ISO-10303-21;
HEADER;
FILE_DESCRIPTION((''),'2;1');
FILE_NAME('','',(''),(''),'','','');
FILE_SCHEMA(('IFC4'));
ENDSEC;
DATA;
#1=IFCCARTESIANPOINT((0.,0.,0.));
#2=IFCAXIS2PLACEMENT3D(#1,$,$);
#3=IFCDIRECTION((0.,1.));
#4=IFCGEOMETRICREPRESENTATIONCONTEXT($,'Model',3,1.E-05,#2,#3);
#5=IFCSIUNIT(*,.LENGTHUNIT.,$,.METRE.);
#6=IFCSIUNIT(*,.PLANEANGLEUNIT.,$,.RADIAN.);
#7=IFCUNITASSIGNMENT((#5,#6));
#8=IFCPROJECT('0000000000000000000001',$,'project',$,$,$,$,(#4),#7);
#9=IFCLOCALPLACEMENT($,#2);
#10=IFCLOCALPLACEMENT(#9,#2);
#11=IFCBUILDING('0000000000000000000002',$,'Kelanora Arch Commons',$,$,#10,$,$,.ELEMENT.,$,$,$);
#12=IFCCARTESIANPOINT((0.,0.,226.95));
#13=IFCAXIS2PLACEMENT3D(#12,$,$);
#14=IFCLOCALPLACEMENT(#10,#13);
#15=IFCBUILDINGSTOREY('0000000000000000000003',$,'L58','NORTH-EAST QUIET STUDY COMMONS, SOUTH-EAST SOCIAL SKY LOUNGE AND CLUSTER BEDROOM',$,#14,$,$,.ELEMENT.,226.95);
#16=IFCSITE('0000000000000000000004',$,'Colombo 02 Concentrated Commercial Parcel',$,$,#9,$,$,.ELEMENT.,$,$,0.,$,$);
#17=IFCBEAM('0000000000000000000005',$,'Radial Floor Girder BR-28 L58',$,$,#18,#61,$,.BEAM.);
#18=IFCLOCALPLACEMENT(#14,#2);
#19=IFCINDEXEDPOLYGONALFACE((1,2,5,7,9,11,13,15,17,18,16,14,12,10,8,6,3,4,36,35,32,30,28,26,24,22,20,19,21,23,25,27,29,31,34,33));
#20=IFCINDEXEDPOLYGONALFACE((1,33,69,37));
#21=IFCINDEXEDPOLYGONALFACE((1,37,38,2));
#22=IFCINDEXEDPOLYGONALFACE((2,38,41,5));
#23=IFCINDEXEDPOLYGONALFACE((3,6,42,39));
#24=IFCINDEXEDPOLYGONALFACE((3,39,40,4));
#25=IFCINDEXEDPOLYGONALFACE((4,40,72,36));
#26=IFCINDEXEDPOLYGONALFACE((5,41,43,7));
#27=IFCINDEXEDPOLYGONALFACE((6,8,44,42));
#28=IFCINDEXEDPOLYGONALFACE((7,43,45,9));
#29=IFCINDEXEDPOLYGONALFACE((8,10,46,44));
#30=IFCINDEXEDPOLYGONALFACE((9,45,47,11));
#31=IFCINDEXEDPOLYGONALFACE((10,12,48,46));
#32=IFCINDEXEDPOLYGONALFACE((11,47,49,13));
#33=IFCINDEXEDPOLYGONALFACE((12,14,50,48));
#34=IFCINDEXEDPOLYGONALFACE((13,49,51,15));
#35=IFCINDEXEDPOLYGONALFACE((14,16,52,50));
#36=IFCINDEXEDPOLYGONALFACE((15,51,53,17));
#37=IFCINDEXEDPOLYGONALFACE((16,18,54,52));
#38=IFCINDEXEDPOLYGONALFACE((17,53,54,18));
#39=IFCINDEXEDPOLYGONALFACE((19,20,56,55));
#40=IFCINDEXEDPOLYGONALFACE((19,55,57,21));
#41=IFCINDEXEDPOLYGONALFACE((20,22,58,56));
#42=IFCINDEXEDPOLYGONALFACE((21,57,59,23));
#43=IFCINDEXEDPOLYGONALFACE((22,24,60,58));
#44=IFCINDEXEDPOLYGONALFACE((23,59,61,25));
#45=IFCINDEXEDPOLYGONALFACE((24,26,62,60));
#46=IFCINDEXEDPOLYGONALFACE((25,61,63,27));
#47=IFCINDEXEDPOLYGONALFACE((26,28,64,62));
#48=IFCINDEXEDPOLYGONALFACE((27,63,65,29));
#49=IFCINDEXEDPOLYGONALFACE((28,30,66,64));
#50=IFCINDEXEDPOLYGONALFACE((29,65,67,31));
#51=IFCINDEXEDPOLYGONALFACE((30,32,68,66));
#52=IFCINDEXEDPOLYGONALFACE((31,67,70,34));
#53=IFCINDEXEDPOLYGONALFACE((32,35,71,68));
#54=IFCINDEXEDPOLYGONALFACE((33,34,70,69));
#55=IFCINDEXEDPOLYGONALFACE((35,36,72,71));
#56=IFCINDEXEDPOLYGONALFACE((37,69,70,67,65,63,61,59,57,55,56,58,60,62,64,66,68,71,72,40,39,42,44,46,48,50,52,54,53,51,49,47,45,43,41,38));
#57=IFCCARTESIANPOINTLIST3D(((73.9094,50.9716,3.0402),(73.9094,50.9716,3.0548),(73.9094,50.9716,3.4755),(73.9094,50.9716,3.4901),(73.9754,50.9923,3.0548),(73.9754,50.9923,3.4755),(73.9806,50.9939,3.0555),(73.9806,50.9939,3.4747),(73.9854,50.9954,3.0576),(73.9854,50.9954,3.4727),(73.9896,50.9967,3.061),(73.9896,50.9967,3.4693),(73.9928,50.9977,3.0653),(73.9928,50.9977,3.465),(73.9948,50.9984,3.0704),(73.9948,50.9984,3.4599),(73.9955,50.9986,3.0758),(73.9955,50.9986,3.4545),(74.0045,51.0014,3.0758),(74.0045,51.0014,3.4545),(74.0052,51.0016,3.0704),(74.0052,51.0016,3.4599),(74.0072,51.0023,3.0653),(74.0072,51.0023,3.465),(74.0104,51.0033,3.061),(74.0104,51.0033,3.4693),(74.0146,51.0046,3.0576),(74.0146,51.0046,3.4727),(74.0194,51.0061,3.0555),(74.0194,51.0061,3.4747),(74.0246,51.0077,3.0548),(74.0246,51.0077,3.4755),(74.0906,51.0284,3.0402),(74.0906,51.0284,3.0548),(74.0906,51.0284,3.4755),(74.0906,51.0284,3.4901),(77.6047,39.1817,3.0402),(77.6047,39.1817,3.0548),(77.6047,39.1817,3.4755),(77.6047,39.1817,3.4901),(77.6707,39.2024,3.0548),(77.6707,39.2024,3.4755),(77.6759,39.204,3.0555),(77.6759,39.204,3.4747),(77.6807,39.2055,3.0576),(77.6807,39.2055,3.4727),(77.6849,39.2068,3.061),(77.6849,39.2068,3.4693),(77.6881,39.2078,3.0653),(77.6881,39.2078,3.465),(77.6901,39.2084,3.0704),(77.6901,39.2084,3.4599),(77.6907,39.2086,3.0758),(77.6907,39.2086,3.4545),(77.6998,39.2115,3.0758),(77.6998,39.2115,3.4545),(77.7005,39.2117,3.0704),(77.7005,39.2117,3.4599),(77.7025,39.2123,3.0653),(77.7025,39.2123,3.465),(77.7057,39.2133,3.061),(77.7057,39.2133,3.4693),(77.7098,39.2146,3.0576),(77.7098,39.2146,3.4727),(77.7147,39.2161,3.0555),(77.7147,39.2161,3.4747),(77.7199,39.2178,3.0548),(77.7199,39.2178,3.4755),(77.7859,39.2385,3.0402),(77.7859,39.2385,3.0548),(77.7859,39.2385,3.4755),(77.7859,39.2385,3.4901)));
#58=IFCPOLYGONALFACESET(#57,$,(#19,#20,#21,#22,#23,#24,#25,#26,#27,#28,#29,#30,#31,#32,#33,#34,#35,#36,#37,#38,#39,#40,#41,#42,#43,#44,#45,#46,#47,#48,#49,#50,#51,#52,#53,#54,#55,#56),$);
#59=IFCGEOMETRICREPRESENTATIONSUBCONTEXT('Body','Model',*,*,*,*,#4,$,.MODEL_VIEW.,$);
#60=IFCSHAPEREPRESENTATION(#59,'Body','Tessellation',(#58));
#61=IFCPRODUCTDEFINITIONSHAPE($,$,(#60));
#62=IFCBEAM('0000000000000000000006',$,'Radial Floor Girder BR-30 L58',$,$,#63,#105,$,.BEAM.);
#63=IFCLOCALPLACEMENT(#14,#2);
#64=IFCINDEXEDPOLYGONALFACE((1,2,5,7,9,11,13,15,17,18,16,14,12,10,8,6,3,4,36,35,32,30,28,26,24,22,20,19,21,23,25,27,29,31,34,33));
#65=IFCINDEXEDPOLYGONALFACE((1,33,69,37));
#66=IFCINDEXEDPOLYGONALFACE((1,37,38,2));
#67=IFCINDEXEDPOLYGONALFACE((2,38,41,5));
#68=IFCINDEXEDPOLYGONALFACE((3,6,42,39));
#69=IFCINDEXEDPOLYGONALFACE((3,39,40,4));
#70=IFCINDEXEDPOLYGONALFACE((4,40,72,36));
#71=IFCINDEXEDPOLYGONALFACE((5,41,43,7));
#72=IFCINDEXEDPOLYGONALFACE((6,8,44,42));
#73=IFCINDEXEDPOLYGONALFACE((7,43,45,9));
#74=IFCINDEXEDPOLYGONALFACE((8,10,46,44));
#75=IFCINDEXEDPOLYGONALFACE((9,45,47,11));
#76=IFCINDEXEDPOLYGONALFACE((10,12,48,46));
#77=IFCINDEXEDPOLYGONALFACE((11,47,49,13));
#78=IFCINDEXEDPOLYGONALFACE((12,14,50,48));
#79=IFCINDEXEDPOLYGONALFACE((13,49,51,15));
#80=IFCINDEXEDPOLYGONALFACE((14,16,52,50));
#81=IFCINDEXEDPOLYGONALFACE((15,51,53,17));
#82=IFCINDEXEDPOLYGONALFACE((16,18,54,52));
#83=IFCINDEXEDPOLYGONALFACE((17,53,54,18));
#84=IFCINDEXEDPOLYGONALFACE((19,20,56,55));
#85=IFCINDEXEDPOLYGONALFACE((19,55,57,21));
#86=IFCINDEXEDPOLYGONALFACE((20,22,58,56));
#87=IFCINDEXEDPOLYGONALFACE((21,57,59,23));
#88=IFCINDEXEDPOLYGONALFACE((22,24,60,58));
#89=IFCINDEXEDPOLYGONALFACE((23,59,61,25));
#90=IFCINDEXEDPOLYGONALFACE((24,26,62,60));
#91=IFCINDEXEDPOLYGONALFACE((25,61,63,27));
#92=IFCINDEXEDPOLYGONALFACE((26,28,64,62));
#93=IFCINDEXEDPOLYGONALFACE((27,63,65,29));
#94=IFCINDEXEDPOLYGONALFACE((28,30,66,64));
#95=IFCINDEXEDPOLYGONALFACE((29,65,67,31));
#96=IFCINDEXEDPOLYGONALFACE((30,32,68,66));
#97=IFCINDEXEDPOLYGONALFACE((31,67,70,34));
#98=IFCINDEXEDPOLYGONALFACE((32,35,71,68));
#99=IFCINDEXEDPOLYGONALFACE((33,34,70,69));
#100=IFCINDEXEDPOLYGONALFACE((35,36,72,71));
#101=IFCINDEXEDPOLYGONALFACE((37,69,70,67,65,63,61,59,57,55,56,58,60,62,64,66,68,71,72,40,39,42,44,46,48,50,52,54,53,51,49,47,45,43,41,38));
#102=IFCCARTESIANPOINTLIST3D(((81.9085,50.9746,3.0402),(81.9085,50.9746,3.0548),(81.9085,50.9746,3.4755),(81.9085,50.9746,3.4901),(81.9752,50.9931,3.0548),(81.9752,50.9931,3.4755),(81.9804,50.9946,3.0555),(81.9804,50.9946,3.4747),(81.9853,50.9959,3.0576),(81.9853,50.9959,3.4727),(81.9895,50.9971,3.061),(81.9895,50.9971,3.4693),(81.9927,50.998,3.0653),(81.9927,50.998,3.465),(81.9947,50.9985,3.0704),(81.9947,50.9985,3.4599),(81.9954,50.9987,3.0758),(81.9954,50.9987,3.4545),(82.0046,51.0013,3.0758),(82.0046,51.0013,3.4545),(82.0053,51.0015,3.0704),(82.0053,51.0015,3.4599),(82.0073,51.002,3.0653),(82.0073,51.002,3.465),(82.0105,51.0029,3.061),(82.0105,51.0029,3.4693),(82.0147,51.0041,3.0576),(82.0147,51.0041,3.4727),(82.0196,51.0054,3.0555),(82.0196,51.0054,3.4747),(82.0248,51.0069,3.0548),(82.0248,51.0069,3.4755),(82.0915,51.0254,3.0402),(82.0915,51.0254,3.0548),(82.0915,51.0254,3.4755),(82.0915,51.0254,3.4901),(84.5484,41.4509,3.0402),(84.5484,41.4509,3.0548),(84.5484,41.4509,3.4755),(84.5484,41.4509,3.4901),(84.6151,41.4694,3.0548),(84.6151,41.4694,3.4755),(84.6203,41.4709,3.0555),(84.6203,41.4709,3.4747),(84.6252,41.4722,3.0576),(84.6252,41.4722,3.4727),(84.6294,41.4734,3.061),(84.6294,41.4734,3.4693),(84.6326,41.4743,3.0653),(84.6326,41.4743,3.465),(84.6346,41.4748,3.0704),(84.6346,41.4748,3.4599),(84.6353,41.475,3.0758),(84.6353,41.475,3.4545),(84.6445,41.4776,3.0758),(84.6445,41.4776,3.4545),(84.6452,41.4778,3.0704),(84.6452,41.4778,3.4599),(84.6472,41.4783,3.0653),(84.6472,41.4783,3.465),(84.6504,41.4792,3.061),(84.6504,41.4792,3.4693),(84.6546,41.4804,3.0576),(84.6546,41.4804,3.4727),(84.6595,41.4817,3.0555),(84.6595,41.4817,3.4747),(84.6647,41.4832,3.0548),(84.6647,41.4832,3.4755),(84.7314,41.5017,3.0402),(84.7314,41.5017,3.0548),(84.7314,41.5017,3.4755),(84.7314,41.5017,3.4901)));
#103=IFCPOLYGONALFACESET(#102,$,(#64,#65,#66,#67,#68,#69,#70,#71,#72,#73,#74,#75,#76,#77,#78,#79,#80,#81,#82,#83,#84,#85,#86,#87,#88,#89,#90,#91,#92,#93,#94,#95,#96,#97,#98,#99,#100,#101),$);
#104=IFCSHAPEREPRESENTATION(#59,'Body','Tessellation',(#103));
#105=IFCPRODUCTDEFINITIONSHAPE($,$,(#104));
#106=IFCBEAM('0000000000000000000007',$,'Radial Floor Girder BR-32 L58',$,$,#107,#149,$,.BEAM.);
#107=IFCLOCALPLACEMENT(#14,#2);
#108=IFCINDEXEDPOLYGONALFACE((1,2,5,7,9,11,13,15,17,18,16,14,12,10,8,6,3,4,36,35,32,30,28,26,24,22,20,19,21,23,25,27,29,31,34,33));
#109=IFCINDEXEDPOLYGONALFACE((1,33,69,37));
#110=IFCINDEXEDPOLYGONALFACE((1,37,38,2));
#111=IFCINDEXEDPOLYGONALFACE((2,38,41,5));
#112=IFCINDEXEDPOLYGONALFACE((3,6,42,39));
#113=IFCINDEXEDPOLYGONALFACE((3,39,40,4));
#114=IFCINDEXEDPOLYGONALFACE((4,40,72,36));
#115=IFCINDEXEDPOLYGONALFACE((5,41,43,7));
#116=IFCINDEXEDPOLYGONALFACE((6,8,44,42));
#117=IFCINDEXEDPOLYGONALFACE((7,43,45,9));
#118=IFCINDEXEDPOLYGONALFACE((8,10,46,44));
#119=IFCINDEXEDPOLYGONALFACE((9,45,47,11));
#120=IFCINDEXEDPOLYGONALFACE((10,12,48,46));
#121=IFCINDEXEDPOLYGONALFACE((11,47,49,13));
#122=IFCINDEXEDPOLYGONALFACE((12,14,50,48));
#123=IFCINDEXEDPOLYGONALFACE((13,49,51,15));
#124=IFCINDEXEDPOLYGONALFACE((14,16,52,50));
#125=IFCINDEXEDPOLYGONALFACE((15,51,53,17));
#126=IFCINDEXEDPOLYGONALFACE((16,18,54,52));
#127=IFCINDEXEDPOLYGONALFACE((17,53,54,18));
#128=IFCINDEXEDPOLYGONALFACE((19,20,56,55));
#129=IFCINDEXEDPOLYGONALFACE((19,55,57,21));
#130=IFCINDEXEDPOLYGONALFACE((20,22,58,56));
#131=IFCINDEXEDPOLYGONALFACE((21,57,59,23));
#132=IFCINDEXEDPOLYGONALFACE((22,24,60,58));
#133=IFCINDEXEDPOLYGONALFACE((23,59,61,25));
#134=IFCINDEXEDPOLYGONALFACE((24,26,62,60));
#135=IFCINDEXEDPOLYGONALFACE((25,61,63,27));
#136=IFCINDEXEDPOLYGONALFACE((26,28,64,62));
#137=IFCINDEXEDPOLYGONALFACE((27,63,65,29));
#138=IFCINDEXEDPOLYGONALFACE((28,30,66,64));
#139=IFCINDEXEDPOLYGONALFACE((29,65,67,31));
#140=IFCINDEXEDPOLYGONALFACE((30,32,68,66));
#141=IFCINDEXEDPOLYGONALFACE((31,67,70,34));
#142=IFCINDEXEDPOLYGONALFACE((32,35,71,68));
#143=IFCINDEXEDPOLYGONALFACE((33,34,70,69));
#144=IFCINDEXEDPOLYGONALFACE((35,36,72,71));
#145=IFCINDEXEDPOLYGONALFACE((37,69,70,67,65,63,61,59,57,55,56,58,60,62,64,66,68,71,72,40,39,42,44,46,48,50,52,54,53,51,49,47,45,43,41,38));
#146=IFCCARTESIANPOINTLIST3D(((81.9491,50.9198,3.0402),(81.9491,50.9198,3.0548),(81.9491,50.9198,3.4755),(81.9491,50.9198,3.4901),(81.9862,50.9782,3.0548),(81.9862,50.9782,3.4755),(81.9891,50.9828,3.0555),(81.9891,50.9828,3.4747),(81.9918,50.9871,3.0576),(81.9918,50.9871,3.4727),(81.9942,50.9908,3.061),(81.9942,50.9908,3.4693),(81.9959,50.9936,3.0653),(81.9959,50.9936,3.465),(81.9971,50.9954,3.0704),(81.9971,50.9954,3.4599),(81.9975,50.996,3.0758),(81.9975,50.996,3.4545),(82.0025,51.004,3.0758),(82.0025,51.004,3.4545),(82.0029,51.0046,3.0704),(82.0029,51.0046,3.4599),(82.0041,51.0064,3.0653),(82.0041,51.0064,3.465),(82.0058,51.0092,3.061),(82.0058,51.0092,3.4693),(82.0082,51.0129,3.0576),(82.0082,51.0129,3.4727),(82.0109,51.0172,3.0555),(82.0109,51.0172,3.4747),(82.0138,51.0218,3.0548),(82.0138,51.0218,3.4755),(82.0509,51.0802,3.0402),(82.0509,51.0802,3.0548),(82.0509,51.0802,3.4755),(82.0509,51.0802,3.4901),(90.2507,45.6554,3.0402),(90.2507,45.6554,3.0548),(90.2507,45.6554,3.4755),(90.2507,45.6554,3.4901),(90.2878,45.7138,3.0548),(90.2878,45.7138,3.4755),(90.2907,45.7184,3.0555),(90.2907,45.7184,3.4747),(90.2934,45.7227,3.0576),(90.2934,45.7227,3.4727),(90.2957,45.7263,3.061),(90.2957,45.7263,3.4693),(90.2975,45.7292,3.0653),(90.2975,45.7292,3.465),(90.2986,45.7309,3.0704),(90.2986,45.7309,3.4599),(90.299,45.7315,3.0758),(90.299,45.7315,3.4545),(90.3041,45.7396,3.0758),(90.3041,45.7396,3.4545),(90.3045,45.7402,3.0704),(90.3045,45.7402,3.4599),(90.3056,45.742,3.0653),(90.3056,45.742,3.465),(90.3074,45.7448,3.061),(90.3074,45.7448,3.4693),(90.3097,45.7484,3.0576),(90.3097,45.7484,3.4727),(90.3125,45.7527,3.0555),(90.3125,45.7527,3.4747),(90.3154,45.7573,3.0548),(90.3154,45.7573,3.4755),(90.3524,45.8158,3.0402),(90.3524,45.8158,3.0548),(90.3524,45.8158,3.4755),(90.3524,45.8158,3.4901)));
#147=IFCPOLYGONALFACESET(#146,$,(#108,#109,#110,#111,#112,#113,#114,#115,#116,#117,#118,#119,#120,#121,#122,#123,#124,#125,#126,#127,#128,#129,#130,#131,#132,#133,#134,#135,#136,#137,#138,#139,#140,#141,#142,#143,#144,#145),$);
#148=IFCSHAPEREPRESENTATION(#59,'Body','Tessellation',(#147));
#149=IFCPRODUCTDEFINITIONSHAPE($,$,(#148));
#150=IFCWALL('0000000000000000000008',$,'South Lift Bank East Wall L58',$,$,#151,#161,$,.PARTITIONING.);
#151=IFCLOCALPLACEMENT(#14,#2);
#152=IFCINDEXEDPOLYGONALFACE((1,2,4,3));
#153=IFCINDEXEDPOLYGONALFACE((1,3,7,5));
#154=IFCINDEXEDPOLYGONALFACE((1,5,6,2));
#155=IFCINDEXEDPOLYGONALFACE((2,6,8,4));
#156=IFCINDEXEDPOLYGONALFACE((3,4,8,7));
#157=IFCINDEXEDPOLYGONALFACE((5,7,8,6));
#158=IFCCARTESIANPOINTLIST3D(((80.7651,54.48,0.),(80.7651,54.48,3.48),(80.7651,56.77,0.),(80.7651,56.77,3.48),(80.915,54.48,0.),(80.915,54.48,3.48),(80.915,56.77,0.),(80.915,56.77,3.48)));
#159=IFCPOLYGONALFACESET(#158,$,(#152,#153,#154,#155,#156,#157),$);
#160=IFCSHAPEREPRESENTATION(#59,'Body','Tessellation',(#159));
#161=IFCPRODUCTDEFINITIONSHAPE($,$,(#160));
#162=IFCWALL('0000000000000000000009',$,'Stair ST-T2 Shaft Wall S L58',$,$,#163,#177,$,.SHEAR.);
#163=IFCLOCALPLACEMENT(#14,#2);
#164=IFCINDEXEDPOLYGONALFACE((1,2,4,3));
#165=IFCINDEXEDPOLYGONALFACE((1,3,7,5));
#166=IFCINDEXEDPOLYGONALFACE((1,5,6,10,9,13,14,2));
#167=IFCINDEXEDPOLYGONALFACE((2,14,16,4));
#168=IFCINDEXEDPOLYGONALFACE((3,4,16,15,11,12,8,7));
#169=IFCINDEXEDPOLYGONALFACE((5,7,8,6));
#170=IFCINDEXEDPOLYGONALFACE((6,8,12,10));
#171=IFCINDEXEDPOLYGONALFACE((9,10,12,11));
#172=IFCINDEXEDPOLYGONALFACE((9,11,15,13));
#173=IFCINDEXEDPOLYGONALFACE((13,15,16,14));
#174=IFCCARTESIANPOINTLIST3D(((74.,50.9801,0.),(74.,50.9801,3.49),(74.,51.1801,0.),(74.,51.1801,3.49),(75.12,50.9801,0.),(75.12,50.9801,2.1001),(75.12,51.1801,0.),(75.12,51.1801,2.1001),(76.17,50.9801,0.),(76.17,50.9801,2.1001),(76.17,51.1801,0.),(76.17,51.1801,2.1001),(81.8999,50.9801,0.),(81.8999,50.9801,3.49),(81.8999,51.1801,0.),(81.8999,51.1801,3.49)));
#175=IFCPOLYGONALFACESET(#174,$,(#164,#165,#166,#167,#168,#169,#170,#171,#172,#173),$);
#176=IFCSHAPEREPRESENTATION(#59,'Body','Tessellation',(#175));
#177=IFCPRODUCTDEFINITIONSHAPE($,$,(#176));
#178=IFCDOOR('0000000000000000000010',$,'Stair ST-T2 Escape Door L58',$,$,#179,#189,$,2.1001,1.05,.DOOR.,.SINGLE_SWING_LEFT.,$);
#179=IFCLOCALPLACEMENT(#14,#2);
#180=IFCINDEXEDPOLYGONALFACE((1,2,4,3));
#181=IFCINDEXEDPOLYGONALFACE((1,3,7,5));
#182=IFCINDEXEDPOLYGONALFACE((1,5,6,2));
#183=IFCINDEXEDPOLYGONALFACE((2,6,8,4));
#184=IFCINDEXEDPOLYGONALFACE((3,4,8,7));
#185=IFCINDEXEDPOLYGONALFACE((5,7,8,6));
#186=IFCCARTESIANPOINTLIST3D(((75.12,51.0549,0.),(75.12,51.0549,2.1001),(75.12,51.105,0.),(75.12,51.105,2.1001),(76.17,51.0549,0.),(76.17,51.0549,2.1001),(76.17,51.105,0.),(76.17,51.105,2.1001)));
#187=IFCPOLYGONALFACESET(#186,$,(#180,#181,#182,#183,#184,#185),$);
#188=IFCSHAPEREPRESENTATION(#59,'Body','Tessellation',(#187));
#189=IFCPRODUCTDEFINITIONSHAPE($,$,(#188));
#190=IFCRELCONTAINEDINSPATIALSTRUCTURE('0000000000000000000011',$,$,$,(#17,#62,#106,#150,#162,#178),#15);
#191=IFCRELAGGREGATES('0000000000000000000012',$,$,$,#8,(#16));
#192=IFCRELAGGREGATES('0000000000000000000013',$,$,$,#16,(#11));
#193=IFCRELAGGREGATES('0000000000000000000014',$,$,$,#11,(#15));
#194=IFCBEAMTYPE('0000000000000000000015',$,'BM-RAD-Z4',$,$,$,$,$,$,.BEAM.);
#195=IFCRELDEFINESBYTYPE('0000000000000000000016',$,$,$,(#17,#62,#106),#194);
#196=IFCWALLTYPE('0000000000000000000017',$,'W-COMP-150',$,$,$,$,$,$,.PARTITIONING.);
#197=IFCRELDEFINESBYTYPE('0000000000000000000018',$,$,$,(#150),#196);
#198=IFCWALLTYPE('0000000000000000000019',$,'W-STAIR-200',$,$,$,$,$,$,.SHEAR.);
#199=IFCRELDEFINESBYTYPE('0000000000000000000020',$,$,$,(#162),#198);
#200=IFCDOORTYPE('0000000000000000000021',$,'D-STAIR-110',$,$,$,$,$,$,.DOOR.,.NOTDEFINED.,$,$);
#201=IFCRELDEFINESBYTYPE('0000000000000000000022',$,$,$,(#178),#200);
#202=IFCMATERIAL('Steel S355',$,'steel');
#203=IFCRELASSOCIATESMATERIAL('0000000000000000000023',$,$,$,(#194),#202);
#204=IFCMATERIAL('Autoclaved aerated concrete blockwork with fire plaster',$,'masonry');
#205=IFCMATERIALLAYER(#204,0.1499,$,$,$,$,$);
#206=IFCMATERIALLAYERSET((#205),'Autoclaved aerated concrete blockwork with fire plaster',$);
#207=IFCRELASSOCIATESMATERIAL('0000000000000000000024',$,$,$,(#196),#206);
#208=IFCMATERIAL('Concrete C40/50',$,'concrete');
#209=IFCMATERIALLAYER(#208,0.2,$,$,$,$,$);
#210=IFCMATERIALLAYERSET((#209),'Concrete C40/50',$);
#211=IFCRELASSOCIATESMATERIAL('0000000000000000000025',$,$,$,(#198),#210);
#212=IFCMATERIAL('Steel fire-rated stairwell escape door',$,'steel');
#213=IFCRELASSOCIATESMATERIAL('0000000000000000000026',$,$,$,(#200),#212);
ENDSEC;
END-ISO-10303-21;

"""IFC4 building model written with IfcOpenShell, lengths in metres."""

from ifc_helpers import new_model, si_unit, direction, frame, frame_2d, origin, origin_2d, place, context, subcontext, project, spatial, rectangle, i_section, extrude, material, layer, layer_set, material_profile, profile_set, type_object, element, fill, save


model = new_model("IFC4")

# Units and contexts
model_context = context("Model", 3, precision=1e-05, world=origin(), true_north=direction((0.0, 1.0)))
body_context = subcontext(model_context, "Body", "Model", "MODEL_VIEW")
ifc_project = project(units=[si_unit("LENGTHUNIT", "METRE"), si_unit("PLANEANGLEUNIT", "RADIAN")], contexts=[model_context])

# Site, building, storey
site_placement = place(None, origin())
site = spatial("IfcSite", under=ifc_project, at=site_placement, Name="Colombo 02 Concentrated Commercial Parcel", CompositionType="ELEMENT", RefElevation=0.0)
building_placement = place(site_placement, origin())
building = spatial("IfcBuilding", under=site, at=building_placement, Name="Kelanora Arch Commons", CompositionType="ELEMENT")
storey_placement = place(building_placement, frame((0.0, 0.0, 226.95)))
storey = spatial("IfcBuildingStorey", under=building, at=storey_placement, Name="L58", Description="NORTH-EAST QUIET STUDY COMMONS, SOUTH-EAST SOCIAL SKY LOUNGE AND CLUSTER BEDROOM", CompositionType="ELEMENT", Elevation=226.95)

# Beams
ifc_material_1 = material(Name="Steel S355", Category="steel")
ifc_material_profile_1 = material_profile(ifc_material_1, i_section(OverallWidth=0.1899, OverallDepth=0.45, WebThickness=0.0095, FlangeThickness=0.0146, FilletRadius=0.021, at=origin_2d()), Name="IPE450")
ifc_profile_set_1 = profile_set([ifc_material_profile_1], Name="Steel S355")
beam_type_1 = type_object("IfcBeamType", Name="BM-RAD-Z4", PredefinedType="BEAM", material=ifc_profile_set_1)
for number, where, z_axis, x_axis, name in (
    (1, (74.0, 51.0, 3.2651), (0.29908, -0.954228, 0.0), (0.954228, 0.29908, 0.0), "Radial Floor Girder BR-28 L58"),
):
    element("IfcBeam", number, at=place(storey_placement, frame(where, z_axis=z_axis, x_axis=x_axis)), inside=storey, type_object=beam_type_1, Name=name, PredefinedType="BEAM", context=body_context, shape_type="SweptSolid", body=[
        extrude(i_section(OverallWidth=0.1899, OverallDepth=0.45, WebThickness=0.0095, FlangeThickness=0.0146, FilletRadius=0.021, at=origin_2d()), origin(), (0.0, 0.0, 1.0), 12.3555),
    ])
beam_1_placement = place(storey_placement, frame((82.0, 51.0, 3.2651), z_axis=(0.26712, -0.963663, 0.0), x_axis=(0.963663, 0.26712, 0.0)))
element("IfcBeam", 2, at=beam_1_placement, inside=storey, type_object=beam_type_1, Name="Radial Floor Girder BR-30 L58", PredefinedType="BEAM", context=body_context, shape_type="SweptSolid", body=[
    extrude(i_section(OverallWidth=0.1899, OverallDepth=0.45, WebThickness=0.0095, FlangeThickness=0.0146, FilletRadius=0.021, at=origin_2d()), origin(), (0.0, 0.0, 1.0), 9.8828),
])
beam_2_placement = place(storey_placement, frame((82.0, 51.0, 3.2651), z_axis=(0.844507, -0.535544, 0.0), x_axis=(0.535544, 0.844507, 0.0)))
element("IfcBeam", 3, at=beam_2_placement, inside=storey, type_object=beam_type_1, Name="Radial Floor Girder BR-32 L58", PredefinedType="BEAM", context=body_context, shape_type="SweptSolid", body=[
    extrude(i_section(OverallWidth=0.1899, OverallDepth=0.45, WebThickness=0.0095, FlangeThickness=0.0146, FilletRadius=0.021, at=origin_2d()), origin(), (0.0, 0.0, 1.0), 9.8301),
])

# Wall
ifc_material_2 = material(Name="Autoclaved aerated concrete blockwork with fire plaster", Category="masonry")
ifc_layer_1 = layer(ifc_material_2, 0.1499)
ifc_layer_set_1 = layer_set([ifc_layer_1], Name="Autoclaved aerated concrete blockwork with fire plaster")
wall_type_1 = type_object("IfcWallType", Name="W-COMP-150", PredefinedType="PARTITIONING", material=ifc_layer_set_1)
wall_1_placement = place(storey_placement, frame((80.8401, 54.48, 0.0), z_axis=(0.0, 0.0, 1.0), x_axis=(0.0, 1.0, 0.0)))
element("IfcWall", 4, at=wall_1_placement, inside=storey, type_object=wall_type_1, Name="South Lift Bank East Wall L58", PredefinedType="PARTITIONING", context=body_context, shape_type="SweptSolid", body=[
    extrude(rectangle(XDim=2.29, YDim=0.1499, at=frame_2d((1.145, 0.0))), origin(), (0.0, 0.0, 1.0), 3.48),
])

# Wall, opening, door
ifc_material_3 = material(Name="Concrete C40/50", Category="concrete")
ifc_layer_2 = layer(ifc_material_3, 0.2)
ifc_layer_set_2 = layer_set([ifc_layer_2], Name="Concrete C40/50")
wall_type_2 = type_object("IfcWallType", Name="W-STAIR-200", PredefinedType="SHEAR", material=ifc_layer_set_2)
wall_2_placement = place(storey_placement, frame((74.0, 51.0801, 0.0), z_axis=(0.0, 0.0, 1.0), x_axis=(1.0, 0.0, 0.0)))
wall_2 = element("IfcWall", 5, at=wall_2_placement, inside=storey, type_object=wall_type_2, Name="Stair ST-T2 Shaft Wall S L58", PredefinedType="SHEAR", context=body_context, shape_type="SweptSolid", body=[
    extrude(rectangle(XDim=7.8999, YDim=0.2, at=frame_2d((3.95, 0.0))), origin(), (0.0, 0.0, 1.0), 3.49),
])
opening_placement = place(wall_2_placement, frame((1.1201, 0.0, 0.0)))
opening = element("IfcOpeningElement", 6, at=opening_placement, cuts=wall_2, PredefinedType="OPENING", context=body_context, shape_type="SweptSolid", body=[
    extrude(rectangle(XDim=1.05, YDim=2.1001, at=frame_2d((0.5249, 1.05))), frame((0.0, 0.1099, 0.0), z_axis=(0.0, -1.0, 0.0), x_axis=(1.0, 0.0, 0.0)), (0.0, 0.0, 1.0), 0.22),
])
ifc_material_4 = material(Name="Steel fire-rated stairwell escape door", Category="steel")
door_type = type_object("IfcDoorType", Name="D-STAIR-110", OperationType="NOTDEFINED", PredefinedType="DOOR", material=ifc_material_4)
door_placement = place(opening_placement, origin())
door = element("IfcDoor", 7, at=door_placement, inside=storey, type_object=door_type, Name="Stair ST-T2 Escape Door L58", OperationType="SINGLE_SWING_LEFT", OverallHeight=2.1001, OverallWidth=1.05, PredefinedType="DOOR", context=body_context, shape_type="SweptSolid", body=[
    extrude(rectangle(XDim=1.05, YDim=2.1001, at=frame_2d((0.5249, 1.05))), frame((0.0, 0.0249, 0.0), z_axis=(0.0, -1.0, 0.0), x_axis=(1.0, 0.0, 0.0)), (0.0, 0.0, 1.0), 0.05),
])
fill(opening, door)

save(model, "model.ifc")
